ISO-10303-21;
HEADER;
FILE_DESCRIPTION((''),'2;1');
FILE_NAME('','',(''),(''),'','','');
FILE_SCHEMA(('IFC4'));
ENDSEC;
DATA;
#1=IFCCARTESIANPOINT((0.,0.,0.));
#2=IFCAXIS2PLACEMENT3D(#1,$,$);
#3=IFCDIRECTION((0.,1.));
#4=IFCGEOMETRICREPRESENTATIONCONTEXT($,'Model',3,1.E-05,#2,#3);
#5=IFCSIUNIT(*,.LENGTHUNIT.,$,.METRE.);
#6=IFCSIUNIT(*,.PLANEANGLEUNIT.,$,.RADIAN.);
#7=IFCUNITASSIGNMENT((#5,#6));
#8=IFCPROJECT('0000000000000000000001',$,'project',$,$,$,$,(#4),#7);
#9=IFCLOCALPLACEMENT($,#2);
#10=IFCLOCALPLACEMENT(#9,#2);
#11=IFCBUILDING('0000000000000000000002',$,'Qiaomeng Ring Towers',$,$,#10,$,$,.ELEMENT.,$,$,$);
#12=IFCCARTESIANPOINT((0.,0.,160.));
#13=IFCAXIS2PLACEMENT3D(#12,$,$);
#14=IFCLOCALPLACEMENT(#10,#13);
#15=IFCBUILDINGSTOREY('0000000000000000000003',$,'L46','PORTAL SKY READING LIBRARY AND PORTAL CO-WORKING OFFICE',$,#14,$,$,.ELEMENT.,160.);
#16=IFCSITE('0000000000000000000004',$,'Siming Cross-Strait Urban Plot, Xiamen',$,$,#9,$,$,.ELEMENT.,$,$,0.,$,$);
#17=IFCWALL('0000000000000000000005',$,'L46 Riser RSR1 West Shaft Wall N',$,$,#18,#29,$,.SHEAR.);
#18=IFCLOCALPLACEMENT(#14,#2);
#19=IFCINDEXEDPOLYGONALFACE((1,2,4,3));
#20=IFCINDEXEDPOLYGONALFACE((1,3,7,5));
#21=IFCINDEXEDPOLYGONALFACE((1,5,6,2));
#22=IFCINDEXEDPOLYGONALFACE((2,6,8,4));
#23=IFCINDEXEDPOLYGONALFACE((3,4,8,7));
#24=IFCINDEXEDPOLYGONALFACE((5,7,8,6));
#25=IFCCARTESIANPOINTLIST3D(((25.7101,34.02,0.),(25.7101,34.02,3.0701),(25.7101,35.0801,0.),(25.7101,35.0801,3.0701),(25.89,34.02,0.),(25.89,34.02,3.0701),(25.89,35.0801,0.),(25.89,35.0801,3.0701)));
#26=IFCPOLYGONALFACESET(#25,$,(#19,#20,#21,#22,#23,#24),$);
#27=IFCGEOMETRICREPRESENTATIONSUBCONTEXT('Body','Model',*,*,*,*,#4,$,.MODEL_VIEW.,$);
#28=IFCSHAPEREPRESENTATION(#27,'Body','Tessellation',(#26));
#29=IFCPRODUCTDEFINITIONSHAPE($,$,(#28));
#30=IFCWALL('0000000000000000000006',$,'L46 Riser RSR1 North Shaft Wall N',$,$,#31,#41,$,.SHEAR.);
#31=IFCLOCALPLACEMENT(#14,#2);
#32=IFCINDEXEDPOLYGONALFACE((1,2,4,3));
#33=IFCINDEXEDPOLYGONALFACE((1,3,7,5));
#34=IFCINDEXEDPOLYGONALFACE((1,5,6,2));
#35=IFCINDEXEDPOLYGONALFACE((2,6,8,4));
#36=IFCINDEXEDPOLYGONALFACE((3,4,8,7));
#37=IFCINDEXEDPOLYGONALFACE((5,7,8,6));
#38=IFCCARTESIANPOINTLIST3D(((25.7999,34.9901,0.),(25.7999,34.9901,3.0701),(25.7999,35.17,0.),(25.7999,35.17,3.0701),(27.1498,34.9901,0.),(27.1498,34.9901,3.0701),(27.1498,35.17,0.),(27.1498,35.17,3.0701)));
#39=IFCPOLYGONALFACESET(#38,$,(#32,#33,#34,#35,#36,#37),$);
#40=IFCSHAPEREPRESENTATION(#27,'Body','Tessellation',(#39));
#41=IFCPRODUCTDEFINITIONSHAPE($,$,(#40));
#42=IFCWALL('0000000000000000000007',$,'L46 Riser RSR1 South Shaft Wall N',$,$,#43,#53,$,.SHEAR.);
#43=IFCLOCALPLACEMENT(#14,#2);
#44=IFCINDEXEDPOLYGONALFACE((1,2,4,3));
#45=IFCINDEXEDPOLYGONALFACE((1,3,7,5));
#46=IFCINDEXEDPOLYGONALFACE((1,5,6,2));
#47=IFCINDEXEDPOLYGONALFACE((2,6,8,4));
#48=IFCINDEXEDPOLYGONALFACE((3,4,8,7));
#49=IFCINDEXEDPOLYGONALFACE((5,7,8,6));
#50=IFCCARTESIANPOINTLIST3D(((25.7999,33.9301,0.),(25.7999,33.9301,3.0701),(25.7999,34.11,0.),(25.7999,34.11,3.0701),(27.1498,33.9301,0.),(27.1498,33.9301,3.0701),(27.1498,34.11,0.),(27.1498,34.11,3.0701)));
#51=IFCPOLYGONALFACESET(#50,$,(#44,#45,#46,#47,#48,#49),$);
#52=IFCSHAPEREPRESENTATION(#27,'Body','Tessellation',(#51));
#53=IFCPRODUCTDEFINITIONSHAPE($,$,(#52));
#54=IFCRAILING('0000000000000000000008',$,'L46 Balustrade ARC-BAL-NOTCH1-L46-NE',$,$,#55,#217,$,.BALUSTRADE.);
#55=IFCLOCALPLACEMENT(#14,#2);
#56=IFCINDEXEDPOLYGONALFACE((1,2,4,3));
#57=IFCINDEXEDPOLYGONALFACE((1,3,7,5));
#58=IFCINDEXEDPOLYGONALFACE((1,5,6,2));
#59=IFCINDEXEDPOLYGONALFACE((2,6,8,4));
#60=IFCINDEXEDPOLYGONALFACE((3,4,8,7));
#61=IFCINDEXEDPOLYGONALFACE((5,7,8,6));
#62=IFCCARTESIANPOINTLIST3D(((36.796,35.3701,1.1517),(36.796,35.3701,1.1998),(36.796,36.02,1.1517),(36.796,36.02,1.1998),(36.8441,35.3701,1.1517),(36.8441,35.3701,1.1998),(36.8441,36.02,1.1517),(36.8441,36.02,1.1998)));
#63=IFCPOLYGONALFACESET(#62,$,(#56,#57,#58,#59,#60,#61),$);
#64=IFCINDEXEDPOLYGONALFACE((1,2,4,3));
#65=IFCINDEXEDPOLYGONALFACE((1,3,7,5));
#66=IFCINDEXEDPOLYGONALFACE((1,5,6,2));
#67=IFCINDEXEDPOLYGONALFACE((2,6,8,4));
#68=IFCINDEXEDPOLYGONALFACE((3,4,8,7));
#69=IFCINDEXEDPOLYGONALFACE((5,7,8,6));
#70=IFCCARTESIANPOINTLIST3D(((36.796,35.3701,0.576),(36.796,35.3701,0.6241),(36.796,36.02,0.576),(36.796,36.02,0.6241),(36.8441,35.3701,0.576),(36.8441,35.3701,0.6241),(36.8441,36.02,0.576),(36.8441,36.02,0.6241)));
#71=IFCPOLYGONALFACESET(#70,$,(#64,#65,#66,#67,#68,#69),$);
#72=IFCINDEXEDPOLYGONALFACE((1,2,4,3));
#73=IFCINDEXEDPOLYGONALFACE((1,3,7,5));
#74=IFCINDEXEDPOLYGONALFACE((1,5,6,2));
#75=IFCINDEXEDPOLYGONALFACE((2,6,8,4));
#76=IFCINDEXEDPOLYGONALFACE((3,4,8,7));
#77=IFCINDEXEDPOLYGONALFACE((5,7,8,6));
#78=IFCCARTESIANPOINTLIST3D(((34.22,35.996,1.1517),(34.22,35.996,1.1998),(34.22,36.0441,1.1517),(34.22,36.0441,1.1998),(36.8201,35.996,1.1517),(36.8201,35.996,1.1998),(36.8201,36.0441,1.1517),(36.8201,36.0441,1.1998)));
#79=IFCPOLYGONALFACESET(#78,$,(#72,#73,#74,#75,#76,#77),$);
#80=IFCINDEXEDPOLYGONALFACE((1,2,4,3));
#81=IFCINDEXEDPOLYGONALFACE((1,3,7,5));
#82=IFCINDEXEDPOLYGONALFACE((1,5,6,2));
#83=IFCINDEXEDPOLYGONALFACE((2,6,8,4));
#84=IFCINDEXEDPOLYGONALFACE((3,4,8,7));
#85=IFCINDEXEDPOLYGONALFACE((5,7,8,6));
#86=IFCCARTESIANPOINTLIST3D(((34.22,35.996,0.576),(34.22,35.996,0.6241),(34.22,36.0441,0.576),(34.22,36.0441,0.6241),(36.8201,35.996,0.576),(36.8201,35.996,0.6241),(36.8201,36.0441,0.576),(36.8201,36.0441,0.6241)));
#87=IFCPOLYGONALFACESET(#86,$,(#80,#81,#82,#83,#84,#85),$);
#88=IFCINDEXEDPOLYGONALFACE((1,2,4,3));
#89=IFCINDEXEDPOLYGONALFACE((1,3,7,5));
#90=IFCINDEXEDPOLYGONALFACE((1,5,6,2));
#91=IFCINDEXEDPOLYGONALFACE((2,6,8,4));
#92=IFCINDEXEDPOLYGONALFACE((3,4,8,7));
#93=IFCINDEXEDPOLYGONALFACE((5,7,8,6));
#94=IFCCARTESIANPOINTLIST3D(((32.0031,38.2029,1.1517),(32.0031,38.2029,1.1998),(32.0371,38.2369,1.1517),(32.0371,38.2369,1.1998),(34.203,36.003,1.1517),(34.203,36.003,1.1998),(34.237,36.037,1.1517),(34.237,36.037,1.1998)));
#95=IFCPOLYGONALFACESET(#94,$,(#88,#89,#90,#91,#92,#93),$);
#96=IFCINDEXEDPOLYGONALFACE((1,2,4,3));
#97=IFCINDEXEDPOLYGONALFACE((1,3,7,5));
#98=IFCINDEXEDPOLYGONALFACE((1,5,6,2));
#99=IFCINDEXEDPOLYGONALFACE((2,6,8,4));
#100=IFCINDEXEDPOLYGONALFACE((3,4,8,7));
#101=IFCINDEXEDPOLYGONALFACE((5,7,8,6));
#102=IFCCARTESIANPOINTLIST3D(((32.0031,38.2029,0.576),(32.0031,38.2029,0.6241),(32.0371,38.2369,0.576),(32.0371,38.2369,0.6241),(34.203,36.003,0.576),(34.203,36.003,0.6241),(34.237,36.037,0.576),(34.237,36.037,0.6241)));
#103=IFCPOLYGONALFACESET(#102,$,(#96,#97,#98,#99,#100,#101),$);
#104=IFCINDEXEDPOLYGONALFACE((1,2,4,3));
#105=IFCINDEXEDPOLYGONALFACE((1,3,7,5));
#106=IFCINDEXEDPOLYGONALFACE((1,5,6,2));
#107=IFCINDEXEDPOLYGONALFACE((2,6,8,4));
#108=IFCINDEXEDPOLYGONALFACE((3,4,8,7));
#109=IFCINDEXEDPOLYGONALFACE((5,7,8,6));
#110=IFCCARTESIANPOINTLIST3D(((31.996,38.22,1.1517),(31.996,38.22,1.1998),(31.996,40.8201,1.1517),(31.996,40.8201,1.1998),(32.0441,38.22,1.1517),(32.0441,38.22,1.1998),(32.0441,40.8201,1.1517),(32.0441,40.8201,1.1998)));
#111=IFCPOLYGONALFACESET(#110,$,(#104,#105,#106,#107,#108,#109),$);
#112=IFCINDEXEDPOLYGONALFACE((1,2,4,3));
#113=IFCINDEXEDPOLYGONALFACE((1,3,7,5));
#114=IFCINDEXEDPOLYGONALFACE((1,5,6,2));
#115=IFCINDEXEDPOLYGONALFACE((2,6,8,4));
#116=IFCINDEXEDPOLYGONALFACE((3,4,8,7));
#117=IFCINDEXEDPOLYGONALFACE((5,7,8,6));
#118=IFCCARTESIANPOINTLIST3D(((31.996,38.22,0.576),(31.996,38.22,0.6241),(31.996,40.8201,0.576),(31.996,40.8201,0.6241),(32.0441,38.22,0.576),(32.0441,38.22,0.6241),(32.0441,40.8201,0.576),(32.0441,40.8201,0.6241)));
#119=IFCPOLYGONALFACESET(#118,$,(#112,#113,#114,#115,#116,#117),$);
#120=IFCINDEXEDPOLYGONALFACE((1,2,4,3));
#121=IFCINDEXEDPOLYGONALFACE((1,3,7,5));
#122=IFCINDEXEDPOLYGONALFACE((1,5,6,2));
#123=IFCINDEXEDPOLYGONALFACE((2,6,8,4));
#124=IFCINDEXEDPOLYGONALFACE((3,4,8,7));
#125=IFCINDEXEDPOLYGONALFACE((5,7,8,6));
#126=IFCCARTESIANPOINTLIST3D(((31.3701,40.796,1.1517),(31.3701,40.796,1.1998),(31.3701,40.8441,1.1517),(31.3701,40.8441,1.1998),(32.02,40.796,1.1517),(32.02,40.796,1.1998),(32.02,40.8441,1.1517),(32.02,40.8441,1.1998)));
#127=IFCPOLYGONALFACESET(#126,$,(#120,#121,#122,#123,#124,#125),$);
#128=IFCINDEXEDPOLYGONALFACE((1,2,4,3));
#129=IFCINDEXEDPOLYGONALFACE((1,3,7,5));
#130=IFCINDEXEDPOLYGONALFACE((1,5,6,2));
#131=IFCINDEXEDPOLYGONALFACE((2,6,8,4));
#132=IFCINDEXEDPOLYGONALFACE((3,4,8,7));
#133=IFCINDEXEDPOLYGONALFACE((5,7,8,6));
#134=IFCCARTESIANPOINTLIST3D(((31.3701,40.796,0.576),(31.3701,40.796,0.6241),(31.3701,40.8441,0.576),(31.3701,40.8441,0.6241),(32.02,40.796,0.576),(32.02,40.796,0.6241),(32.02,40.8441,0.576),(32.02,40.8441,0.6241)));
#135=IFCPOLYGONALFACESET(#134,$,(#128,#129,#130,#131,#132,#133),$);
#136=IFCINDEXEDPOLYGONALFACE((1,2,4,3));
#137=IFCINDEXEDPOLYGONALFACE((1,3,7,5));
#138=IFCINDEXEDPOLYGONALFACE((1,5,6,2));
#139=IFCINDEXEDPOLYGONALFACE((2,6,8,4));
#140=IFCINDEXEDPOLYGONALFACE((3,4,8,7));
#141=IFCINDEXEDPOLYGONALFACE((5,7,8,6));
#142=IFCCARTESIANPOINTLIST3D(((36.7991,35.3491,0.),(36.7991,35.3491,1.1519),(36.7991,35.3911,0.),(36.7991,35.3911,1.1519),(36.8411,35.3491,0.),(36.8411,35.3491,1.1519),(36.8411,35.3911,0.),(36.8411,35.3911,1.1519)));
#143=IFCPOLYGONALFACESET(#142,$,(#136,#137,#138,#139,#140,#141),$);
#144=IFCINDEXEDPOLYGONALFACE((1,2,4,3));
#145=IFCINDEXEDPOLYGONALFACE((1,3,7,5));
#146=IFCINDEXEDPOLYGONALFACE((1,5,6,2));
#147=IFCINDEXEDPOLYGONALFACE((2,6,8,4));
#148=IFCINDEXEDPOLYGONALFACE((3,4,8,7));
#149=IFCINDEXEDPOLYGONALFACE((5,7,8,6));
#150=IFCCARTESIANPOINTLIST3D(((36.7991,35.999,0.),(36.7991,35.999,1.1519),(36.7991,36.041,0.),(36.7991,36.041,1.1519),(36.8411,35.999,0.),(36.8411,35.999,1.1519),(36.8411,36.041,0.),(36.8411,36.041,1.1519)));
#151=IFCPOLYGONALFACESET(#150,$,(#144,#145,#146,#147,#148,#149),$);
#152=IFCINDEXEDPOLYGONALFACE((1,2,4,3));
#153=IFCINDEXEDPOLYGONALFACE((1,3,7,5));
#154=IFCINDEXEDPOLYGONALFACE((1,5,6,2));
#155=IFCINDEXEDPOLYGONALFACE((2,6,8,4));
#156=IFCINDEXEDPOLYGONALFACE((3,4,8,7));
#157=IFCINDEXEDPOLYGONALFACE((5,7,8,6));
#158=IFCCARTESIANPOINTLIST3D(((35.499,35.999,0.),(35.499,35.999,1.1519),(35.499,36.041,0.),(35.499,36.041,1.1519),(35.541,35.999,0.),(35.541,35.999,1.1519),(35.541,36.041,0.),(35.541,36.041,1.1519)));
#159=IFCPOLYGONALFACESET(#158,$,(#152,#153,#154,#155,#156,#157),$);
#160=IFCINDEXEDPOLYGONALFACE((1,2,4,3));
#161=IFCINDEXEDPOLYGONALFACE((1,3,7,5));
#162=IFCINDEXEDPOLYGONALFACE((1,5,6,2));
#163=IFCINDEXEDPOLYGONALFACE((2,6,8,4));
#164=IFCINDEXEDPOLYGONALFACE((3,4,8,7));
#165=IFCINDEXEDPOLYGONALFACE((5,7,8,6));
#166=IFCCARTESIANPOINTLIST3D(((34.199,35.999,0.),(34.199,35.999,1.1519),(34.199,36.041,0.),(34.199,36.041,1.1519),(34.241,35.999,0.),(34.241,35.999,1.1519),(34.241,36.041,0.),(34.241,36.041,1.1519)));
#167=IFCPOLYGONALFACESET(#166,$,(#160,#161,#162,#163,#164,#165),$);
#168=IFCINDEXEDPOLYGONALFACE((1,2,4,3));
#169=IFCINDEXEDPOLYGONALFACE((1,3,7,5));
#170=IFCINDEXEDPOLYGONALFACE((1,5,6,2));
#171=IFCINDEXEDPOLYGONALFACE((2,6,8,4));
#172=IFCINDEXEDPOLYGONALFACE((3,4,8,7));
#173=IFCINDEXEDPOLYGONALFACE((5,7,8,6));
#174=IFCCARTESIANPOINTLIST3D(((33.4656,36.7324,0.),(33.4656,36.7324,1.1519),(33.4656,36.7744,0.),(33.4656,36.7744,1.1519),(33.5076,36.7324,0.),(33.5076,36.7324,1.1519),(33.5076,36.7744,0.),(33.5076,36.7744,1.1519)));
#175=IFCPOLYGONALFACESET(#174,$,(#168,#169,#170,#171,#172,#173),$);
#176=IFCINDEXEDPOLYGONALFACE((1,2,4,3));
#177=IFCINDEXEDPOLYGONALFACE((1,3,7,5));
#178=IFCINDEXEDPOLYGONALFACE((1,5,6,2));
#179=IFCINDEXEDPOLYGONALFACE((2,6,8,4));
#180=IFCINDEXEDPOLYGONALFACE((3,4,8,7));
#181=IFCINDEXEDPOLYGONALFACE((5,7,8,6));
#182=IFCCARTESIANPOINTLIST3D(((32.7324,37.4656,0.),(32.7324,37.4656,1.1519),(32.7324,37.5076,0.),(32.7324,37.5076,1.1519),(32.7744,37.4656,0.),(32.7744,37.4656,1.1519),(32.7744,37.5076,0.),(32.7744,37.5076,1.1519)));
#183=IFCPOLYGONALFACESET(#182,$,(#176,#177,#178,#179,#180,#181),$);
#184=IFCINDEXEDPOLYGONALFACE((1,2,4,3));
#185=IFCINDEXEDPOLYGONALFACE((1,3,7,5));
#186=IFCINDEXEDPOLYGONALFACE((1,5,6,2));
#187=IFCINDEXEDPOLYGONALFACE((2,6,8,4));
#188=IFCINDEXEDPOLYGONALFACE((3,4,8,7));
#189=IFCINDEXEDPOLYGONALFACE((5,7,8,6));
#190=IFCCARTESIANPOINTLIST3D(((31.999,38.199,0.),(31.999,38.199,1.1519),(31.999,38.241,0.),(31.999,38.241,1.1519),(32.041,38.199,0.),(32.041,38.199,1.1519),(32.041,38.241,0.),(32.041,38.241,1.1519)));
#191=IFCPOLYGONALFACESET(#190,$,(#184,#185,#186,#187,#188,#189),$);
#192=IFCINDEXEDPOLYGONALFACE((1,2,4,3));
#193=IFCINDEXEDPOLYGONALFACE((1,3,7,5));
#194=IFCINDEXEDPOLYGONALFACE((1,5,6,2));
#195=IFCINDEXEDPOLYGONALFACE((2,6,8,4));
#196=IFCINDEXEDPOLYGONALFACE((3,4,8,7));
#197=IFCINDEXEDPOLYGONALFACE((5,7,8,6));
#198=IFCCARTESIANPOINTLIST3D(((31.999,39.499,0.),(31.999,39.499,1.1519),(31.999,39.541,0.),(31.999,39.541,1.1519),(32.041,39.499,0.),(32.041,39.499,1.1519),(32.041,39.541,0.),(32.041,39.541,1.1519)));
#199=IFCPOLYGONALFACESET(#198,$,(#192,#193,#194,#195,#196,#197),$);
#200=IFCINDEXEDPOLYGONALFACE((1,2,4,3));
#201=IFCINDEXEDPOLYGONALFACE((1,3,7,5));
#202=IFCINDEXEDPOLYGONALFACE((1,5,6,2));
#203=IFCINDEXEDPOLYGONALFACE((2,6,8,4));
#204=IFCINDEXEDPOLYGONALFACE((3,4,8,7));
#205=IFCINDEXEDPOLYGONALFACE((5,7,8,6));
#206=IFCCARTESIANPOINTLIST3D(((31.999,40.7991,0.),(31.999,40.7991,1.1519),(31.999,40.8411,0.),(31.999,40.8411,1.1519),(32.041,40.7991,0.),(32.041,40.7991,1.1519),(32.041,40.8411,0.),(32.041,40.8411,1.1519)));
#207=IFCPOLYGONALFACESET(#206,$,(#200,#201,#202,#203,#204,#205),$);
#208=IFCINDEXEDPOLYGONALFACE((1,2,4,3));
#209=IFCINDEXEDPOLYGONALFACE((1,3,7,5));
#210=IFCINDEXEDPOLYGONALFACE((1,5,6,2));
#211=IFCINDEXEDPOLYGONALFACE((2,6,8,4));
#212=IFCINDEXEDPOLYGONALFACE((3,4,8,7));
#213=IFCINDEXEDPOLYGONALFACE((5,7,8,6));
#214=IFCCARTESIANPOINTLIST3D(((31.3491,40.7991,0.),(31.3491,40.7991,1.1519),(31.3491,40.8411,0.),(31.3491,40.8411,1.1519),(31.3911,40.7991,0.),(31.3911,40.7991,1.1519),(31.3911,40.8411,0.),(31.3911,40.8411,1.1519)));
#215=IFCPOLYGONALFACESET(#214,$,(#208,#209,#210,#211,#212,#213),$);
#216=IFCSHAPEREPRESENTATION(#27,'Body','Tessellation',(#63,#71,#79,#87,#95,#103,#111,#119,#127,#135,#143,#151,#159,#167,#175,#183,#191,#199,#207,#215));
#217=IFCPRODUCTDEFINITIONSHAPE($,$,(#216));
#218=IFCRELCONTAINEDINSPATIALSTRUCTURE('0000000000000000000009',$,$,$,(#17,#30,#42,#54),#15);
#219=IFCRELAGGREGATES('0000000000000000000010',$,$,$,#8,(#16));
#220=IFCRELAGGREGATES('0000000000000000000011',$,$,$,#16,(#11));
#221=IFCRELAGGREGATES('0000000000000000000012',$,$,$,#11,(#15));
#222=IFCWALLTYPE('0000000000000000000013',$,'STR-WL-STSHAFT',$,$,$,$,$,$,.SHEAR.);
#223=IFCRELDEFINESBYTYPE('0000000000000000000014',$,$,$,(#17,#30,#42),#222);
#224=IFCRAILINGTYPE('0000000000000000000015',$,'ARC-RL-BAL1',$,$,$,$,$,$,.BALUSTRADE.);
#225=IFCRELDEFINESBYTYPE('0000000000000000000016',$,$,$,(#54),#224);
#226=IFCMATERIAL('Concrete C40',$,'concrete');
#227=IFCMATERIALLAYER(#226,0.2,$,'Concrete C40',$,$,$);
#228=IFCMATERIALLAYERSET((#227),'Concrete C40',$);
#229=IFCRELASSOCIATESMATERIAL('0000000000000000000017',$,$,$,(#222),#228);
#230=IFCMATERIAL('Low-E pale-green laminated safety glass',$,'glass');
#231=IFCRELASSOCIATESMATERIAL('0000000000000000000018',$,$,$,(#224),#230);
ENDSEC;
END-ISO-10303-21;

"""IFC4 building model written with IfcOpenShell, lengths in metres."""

from ifc_helpers import new_model, si_unit, direction, frame, frame_2d, origin, origin_2d, place, context, subcontext, project, spatial, rectangle, extrude, material, layer, layer_set, type_object, element, save


model = new_model("IFC4")

# Units and contexts
model_context = context("Model", 3, precision=1e-05, world=origin(), true_north=direction((0.0, 1.0)))
body_context = subcontext(model_context, "Body", "Model", "MODEL_VIEW")
ifc_project = project(units=[si_unit("LENGTHUNIT", "METRE"), si_unit("PLANEANGLEUNIT", "RADIAN")], contexts=[model_context])

# Site, building, storey
site_placement = place(None, origin())
site = spatial("IfcSite", under=ifc_project, at=site_placement, Name="Siming Cross-Strait Urban Plot, Xiamen", CompositionType="ELEMENT", RefElevation=0.0)
building_placement = place(site_placement, origin())
building = spatial("IfcBuilding", under=site, at=building_placement, Name="Qiaomeng Ring Towers", CompositionType="ELEMENT")
storey_placement = place(building_placement, frame((0.0, 0.0, 160.0)))
storey = spatial("IfcBuildingStorey", under=building, at=storey_placement, Name="L46", Description="PORTAL SKY READING LIBRARY AND PORTAL CO-WORKING OFFICE", CompositionType="ELEMENT", Elevation=160.0)

# Walls
ifc_material_1 = material(Name="Concrete C40", Category="concrete")
ifc_layer_1 = layer(ifc_material_1, 0.2, Name="Concrete C40")
ifc_layer_set_1 = layer_set([ifc_layer_1], Name="Concrete C40")
wall_type_1 = type_object("IfcWallType", Name="STR-WL-STSHAFT", PredefinedType="SHEAR", material=ifc_layer_set_1)
wall_1_placement = place(storey_placement, frame((25.8, 34.02, 0.0), z_axis=(0.0, 0.0, 1.0), x_axis=(0.0, 1.0, 0.0)))
element("IfcWall", 1, at=wall_1_placement, inside=storey, type_object=wall_type_1, Name="L46 Riser RSR1 West Shaft Wall N", PredefinedType="SHEAR", context=body_context, shape_type="SweptSolid", body=[
    extrude(rectangle(XDim=1.0601, YDim=0.1799, at=frame_2d((0.53, 0.0))), origin(), (0.0, 0.0, 1.0), 3.0701),
])
for number, where, z_axis, x_axis, name in (
    (2, (25.8, 35.0801, 0.0), (0.0, 0.0, 1.0), (1.0, 0.0, 0.0), "L46 Riser RSR1 North Shaft Wall N"),
    (3, (25.8, 34.02, 0.0), (0.0, 0.0, 1.0), (1.0, 0.0, 0.0), "L46 Riser RSR1 South Shaft Wall N"),
):
    element("IfcWall", number, at=place(storey_placement, frame(where, z_axis=z_axis, x_axis=x_axis)), inside=storey, type_object=wall_type_1, Name=name, PredefinedType="SHEAR", context=body_context, shape_type="SweptSolid", body=[
        extrude(rectangle(XDim=1.3499, YDim=0.1799, at=frame_2d((0.6748, 0.0))), origin(), (0.0, 0.0, 1.0), 3.0701),
    ])

# Railing
ifc_material_2 = material(Name="Low-E pale-green laminated safety glass", Category="glass")
railing_type = type_object("IfcRailingType", Name="ARC-RL-BAL1", PredefinedType="BALUSTRADE", material=ifc_material_2)
railing_placement = place(storey_placement, frame((36.8201, 35.3701, 0.0)))
element("IfcRailing", 4, at=railing_placement, inside=storey, type_object=railing_type, Name="L46 Balustrade ARC-BAL-NOTCH1-L46-NE", PredefinedType="BALUSTRADE", context=body_context, shape_type="SweptSolid", body=[
    extrude(rectangle(XDim=0.0481, YDim=0.0481, at=origin_2d()), frame((0.0, 0.0, 1.1758), z_axis=(0.0, 1.0, 0.0), x_axis=(-1.0, 0.0, 0.0)), (0.0, 0.0, 1.0), 0.6499),
    extrude(rectangle(XDim=0.0481, YDim=0.0481, at=origin_2d()), frame((0.0, 0.0, 0.6001), z_axis=(0.0, 1.0, 0.0), x_axis=(-1.0, 0.0, 0.0)), (0.0, 0.0, 1.0), 0.6499),
    extrude(rectangle(XDim=0.0481, YDim=0.0481, at=origin_2d()), frame((0.0, 0.6499, 1.1758), z_axis=(-1.0, 0.0, 0.0), x_axis=(0.0, -1.0, 0.0)), (0.0, 0.0, 1.0), 2.6001),
    extrude(rectangle(XDim=0.0481, YDim=0.0481, at=origin_2d()), frame((0.0, 0.6499, 0.6001), z_axis=(-1.0, 0.0, 0.0), x_axis=(0.0, -1.0, 0.0)), (0.0, 0.0, 1.0), 2.6001),
    extrude(rectangle(XDim=0.0481, YDim=0.0481, at=origin_2d()), frame((-2.6001, 0.6499, 1.1758), z_axis=(-0.707107, 0.707107, 0.0), x_axis=(-0.707107, -0.707107, 0.0)), (0.0, 0.0, 1.0), 3.1111),
    extrude(rectangle(XDim=0.0481, YDim=0.0481, at=origin_2d()), frame((-2.6001, 0.6499, 0.6001), z_axis=(-0.707107, 0.707107, 0.0), x_axis=(-0.707107, -0.707107, 0.0)), (0.0, 0.0, 1.0), 3.1111),
    extrude(rectangle(XDim=0.0481, YDim=0.0481, at=origin_2d()), frame((-4.8, 2.8499, 1.1758), z_axis=(0.0, 1.0, 0.0), x_axis=(-1.0, 0.0, 0.0)), (0.0, 0.0, 1.0), 2.6001),
    extrude(rectangle(XDim=0.0481, YDim=0.0481, at=origin_2d()), frame((-4.8, 2.8499, 0.6001), z_axis=(0.0, 1.0, 0.0), x_axis=(-1.0, 0.0, 0.0)), (0.0, 0.0, 1.0), 2.6001),
    extrude(rectangle(XDim=0.0481, YDim=0.0481, at=origin_2d()), frame((-4.8, 5.45, 1.1758), z_axis=(-1.0, 0.0, 0.0), x_axis=(0.0, -1.0, 0.0)), (0.0, 0.0, 1.0), 0.6499),
    extrude(rectangle(XDim=0.0481, YDim=0.0481, at=origin_2d()), frame((-4.8, 5.45, 0.6001), z_axis=(-1.0, 0.0, 0.0), x_axis=(0.0, -1.0, 0.0)), (0.0, 0.0, 1.0), 0.6499),
    extrude(rectangle(XDim=0.042, YDim=0.042, at=origin_2d()), origin(), (0.0, 0.0, 1.0), 1.1519),
    extrude(rectangle(XDim=0.042, YDim=0.042, at=origin_2d()), frame((0.0, 0.6499, 0.0)), (0.0, 0.0, 1.0), 1.1519),
    extrude(rectangle(XDim=0.042, YDim=0.042, at=origin_2d()), frame((-1.3, 0.6499, 0.0)), (0.0, 0.0, 1.0), 1.1519),
    extrude(rectangle(XDim=0.042, YDim=0.042, at=origin_2d()), frame((-2.6001, 0.6499, 0.0)), (0.0, 0.0, 1.0), 1.1519),
    extrude(rectangle(XDim=0.042, YDim=0.042, at=origin_2d()), frame((-3.3335, 1.3833, 0.0)), (0.0, 0.0, 1.0), 1.1519),
    extrude(rectangle(XDim=0.042, YDim=0.042, at=origin_2d()), frame((-4.0667, 2.1165, 0.0)), (0.0, 0.0, 1.0), 1.1519),
    extrude(rectangle(XDim=0.042, YDim=0.042, at=origin_2d()), frame((-4.8, 2.8499, 0.0)), (0.0, 0.0, 1.0), 1.1519),
    extrude(rectangle(XDim=0.042, YDim=0.042, at=origin_2d()), frame((-4.8, 4.1499, 0.0)), (0.0, 0.0, 1.0), 1.1519),
    extrude(rectangle(XDim=0.042, YDim=0.042, at=origin_2d()), frame((-4.8, 5.45, 0.0)), (0.0, 0.0, 1.0), 1.1519),
    extrude(rectangle(XDim=0.042, YDim=0.042, at=origin_2d()), frame((-5.45, 5.45, 0.0)), (0.0, 0.0, 1.0), 1.1519),
])

save(model, "model.ifc")
